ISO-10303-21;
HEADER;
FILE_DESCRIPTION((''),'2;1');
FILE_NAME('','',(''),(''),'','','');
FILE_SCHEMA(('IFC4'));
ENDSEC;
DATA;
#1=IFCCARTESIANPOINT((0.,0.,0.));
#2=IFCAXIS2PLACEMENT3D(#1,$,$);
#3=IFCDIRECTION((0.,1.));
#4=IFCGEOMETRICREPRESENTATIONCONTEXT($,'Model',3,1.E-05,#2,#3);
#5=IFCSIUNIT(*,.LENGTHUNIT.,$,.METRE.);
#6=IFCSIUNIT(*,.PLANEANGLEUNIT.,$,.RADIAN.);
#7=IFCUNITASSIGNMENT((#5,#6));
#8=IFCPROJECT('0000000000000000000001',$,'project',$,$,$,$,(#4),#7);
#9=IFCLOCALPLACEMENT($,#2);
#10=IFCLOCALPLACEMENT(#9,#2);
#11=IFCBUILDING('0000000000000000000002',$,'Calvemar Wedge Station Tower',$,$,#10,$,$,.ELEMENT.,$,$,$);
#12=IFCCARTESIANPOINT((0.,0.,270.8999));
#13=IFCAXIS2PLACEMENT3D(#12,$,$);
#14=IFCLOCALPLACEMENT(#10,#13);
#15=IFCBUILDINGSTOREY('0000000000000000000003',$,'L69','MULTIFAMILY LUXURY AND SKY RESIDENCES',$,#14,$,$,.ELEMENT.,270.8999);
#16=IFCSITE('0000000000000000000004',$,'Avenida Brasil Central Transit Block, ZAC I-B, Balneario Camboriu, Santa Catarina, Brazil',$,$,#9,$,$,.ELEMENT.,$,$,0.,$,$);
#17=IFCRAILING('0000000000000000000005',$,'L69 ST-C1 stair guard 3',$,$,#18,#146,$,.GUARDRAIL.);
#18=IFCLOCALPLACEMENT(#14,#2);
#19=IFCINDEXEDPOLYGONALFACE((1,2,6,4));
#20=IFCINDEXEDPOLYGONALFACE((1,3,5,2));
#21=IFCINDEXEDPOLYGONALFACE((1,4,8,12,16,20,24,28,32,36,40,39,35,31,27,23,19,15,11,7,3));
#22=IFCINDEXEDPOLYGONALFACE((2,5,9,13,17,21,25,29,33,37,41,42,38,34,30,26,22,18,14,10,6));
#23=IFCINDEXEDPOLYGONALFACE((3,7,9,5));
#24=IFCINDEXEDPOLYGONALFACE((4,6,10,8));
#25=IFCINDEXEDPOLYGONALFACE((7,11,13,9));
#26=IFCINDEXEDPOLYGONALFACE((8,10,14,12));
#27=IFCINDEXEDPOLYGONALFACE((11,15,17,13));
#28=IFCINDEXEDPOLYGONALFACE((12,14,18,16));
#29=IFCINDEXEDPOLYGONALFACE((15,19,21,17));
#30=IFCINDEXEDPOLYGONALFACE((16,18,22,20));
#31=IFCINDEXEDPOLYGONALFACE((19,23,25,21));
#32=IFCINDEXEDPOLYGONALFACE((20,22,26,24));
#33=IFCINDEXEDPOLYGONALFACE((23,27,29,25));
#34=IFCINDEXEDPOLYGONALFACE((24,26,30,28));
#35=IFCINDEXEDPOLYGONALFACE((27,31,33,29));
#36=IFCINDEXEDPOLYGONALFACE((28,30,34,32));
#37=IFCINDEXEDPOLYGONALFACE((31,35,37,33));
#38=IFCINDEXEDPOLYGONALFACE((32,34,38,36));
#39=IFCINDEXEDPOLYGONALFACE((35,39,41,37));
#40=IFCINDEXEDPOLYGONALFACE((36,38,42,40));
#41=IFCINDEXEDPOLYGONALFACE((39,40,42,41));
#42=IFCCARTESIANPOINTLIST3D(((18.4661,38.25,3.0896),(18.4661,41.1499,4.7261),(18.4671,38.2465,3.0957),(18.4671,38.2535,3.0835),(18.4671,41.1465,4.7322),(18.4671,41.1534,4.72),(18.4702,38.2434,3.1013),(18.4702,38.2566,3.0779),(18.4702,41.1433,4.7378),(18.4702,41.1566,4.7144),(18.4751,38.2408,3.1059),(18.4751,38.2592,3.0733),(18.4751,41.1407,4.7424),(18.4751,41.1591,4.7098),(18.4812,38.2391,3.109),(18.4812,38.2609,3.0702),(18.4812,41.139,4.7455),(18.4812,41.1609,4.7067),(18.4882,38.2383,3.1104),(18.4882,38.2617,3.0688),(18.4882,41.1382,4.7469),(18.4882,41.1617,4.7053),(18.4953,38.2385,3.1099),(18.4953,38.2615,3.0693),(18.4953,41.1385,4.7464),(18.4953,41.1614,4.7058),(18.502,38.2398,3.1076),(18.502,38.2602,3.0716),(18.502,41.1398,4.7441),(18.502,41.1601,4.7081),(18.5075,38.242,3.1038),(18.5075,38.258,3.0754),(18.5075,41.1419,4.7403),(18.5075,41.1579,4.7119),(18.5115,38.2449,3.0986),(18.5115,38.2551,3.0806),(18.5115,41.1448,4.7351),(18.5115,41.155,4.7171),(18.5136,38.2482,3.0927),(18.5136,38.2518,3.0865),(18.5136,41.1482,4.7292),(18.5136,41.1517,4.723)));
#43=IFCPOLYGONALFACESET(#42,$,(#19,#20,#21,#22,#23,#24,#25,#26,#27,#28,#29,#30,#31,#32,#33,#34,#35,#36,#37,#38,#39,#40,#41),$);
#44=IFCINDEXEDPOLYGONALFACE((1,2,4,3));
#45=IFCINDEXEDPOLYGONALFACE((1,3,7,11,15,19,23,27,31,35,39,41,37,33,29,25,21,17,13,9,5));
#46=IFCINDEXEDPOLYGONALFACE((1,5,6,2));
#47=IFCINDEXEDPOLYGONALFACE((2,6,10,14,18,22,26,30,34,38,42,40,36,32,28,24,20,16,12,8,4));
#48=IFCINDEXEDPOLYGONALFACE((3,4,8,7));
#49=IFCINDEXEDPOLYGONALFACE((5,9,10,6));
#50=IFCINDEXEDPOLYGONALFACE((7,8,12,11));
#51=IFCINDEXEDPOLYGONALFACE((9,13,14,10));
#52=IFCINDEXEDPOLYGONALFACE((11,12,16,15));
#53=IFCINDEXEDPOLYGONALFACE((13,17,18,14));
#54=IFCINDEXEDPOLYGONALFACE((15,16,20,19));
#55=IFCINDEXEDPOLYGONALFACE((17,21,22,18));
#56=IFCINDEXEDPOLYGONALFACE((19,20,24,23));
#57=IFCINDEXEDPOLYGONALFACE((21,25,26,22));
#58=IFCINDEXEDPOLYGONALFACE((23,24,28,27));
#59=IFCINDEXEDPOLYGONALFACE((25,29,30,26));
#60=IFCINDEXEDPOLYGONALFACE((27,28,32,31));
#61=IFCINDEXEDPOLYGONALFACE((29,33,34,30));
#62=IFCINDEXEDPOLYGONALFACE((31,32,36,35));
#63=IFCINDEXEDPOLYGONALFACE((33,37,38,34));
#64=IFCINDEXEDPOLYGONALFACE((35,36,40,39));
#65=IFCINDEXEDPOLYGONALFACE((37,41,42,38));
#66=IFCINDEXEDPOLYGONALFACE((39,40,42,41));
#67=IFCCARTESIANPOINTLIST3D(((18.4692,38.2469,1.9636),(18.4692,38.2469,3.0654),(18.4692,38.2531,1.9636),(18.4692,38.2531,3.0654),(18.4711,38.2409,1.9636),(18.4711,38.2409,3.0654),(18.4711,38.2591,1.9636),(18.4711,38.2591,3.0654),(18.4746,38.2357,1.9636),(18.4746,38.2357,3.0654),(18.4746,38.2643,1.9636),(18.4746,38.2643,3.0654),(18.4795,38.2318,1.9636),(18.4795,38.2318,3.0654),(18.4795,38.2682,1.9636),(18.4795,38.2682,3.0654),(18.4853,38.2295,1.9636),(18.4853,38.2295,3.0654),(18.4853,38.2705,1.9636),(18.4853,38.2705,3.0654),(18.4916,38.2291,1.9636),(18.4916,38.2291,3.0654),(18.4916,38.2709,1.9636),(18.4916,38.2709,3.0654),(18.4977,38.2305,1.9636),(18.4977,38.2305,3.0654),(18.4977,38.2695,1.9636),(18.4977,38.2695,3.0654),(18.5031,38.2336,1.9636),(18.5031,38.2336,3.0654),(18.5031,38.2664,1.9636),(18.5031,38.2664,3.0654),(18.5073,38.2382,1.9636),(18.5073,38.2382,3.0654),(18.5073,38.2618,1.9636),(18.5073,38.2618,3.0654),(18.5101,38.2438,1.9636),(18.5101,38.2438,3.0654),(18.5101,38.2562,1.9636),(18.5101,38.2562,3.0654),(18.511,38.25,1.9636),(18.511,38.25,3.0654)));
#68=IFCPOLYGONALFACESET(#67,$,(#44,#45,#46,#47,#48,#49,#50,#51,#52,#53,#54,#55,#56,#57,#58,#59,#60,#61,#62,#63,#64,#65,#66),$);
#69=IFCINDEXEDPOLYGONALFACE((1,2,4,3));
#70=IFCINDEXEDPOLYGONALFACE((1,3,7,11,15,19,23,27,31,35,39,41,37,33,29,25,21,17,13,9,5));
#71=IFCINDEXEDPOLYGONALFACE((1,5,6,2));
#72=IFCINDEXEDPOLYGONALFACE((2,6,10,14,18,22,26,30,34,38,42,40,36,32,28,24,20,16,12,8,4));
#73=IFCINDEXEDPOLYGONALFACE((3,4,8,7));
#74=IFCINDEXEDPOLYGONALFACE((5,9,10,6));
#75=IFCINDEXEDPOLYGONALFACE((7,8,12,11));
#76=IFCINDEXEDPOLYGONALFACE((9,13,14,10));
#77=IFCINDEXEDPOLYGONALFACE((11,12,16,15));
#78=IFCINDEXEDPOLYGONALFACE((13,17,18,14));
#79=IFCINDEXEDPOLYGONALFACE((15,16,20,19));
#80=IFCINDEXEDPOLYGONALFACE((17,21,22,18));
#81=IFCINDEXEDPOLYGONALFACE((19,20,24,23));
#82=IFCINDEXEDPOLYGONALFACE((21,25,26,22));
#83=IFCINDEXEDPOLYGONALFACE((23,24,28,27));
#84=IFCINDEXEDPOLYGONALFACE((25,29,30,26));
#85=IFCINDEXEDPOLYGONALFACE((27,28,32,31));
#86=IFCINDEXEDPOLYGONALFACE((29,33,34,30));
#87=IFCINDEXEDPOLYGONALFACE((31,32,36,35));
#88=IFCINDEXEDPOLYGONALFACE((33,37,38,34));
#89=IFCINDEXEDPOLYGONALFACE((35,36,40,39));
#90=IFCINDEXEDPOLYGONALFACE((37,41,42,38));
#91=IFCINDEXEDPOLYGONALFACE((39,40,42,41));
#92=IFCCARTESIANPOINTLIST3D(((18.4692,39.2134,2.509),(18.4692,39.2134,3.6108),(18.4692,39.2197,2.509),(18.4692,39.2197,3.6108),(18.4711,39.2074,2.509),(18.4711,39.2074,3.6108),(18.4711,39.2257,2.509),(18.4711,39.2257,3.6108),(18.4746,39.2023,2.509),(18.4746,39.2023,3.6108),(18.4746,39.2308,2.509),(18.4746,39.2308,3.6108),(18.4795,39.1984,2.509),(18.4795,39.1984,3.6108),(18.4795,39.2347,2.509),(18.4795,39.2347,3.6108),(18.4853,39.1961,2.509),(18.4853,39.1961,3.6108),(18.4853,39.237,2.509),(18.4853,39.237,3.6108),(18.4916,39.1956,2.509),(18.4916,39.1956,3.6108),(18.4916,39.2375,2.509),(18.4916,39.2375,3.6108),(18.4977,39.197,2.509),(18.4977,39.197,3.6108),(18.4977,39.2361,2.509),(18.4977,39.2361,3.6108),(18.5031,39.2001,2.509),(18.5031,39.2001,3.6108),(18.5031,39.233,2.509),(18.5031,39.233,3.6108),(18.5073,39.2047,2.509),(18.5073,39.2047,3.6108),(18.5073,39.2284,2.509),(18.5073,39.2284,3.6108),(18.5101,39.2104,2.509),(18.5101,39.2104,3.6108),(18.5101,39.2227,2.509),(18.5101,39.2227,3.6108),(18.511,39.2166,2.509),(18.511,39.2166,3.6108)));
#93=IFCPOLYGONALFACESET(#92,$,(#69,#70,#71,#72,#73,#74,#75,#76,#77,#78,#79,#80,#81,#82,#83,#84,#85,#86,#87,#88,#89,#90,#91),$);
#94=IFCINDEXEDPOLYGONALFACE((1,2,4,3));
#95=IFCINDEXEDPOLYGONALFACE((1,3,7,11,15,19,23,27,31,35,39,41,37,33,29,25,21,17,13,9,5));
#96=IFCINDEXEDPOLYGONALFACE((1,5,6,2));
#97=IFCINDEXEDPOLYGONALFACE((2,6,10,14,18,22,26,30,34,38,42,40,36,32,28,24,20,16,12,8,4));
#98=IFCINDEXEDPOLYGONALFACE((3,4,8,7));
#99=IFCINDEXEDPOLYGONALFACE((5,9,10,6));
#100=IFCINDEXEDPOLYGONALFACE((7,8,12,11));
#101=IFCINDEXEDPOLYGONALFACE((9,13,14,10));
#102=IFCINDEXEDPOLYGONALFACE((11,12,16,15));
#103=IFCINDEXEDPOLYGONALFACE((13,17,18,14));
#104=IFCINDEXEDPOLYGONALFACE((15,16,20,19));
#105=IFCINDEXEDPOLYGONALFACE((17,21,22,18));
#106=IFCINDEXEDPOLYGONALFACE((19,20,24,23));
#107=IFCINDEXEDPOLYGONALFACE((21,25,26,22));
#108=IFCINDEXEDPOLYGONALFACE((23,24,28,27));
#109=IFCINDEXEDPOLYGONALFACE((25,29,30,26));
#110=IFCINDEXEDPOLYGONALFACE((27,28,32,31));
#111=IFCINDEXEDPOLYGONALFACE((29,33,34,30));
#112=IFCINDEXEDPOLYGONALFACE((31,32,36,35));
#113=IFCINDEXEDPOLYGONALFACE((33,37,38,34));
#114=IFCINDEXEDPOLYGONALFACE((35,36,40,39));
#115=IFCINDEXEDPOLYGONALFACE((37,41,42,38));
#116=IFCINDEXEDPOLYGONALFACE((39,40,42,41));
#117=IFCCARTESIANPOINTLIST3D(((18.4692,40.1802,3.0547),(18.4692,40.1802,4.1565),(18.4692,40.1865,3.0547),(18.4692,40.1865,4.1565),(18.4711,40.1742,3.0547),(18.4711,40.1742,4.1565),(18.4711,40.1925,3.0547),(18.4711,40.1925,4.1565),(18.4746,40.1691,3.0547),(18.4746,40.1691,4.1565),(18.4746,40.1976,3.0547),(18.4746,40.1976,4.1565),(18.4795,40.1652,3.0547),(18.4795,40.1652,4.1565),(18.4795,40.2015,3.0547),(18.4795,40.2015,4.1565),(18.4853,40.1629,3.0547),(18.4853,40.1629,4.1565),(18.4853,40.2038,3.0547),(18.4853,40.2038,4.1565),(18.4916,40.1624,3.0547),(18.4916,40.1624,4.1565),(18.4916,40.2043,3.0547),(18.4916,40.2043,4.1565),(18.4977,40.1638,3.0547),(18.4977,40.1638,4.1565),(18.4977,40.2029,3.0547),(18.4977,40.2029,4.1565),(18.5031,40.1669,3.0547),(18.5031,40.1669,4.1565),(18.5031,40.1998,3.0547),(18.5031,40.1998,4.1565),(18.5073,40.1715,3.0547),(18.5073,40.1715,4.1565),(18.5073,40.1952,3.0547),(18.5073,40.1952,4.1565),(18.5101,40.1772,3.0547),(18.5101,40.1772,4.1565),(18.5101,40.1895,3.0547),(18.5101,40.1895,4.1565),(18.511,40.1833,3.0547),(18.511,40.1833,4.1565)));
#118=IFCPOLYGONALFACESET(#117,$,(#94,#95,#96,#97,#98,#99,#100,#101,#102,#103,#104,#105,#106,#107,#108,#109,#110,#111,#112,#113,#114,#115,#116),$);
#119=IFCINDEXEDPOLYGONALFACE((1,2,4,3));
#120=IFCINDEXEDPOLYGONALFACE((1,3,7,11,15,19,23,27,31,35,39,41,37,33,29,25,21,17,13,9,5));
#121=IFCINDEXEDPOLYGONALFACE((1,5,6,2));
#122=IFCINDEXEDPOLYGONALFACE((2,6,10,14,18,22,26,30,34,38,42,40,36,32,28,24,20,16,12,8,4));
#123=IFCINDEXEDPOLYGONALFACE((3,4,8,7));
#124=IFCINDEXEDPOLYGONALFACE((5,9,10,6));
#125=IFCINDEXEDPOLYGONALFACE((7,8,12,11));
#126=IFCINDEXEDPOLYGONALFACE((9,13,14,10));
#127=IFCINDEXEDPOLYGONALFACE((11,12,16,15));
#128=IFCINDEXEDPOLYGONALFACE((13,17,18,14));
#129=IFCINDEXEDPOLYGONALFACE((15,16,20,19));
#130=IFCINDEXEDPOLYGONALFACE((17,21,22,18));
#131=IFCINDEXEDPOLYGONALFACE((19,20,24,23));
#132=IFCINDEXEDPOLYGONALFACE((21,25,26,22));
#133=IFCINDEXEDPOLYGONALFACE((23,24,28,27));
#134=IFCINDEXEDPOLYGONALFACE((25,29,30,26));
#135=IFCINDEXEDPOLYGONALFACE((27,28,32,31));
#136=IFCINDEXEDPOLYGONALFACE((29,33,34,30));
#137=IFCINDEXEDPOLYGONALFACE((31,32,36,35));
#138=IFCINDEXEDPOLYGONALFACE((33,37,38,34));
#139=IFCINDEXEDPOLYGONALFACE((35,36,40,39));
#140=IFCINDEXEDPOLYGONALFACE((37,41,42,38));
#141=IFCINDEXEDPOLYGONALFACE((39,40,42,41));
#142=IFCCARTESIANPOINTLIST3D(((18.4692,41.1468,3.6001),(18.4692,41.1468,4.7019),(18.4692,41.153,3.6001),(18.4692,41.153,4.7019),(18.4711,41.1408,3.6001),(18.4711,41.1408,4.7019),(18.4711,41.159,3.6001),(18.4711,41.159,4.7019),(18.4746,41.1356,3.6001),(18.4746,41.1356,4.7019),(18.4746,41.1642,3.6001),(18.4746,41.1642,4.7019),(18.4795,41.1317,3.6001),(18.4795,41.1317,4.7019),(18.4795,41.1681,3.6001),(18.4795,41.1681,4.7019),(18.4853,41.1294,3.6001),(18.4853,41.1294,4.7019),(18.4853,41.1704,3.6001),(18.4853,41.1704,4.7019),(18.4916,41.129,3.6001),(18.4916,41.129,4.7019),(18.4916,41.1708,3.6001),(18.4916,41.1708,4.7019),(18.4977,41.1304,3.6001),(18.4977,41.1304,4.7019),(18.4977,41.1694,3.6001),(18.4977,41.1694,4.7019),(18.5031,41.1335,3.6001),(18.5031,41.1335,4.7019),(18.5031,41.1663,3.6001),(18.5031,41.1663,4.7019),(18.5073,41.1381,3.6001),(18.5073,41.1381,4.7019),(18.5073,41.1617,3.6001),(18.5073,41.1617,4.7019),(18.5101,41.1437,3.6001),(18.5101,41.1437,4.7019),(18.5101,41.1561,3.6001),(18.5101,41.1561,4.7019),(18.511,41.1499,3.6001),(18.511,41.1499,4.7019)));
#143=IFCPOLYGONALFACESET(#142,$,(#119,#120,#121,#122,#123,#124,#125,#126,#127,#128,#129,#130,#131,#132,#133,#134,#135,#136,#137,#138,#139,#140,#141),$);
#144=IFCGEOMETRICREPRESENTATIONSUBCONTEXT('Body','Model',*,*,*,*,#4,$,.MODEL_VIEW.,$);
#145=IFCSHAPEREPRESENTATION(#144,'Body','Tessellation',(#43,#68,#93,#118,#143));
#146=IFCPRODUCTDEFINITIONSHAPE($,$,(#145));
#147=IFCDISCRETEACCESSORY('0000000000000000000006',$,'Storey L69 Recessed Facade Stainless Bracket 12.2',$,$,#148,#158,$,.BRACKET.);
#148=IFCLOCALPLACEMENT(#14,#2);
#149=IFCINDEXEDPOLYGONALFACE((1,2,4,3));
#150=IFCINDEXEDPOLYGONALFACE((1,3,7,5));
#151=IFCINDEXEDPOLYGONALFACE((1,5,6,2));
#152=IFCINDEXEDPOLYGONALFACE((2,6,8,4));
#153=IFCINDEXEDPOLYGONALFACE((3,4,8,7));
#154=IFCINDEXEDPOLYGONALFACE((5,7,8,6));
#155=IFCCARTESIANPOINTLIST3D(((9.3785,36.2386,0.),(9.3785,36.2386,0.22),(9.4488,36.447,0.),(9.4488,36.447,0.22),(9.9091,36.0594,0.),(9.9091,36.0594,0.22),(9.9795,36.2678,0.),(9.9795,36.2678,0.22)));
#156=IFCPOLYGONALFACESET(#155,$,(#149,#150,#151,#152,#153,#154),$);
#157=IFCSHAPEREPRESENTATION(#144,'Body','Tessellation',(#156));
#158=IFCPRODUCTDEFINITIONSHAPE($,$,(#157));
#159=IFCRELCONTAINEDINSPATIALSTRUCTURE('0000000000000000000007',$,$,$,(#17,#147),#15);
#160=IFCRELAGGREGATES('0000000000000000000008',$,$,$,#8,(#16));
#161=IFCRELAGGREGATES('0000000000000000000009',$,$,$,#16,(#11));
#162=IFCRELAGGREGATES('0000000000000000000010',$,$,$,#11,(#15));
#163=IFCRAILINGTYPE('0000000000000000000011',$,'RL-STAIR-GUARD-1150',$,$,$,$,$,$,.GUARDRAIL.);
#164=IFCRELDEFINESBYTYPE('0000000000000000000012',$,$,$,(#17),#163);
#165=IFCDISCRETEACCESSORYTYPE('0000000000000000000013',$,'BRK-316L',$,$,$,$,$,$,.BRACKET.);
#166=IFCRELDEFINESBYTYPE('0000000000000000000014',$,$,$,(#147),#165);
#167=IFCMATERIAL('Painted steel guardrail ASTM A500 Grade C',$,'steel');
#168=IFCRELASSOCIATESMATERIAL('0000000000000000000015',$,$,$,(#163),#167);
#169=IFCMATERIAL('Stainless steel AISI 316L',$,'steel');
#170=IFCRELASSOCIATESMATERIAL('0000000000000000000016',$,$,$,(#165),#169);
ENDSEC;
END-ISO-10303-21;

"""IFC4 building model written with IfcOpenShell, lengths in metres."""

from ifc_helpers import new_model, si_unit, direction, frame, origin, origin_2d, place, context, subcontext, project, spatial, rectangle, circle, extrude, source, transform, mapped, material, type_object, element, save


model = new_model("IFC4")

# Units and contexts
model_context = context("Model", 3, precision=1e-05, world=origin(), true_north=direction((0.0, 1.0)))
body_context = subcontext(model_context, "Body", "Model", "MODEL_VIEW")
ifc_project = project(units=[si_unit("LENGTHUNIT", "METRE"), si_unit("PLANEANGLEUNIT", "RADIAN")], contexts=[model_context])

# Site, building, storey
site_placement = place(None, origin())
site = spatial("IfcSite", under=ifc_project, at=site_placement, Name="Avenida Brasil Central Transit Block, ZAC I-B, Balneario Camboriu, Santa Catarina, Brazil", CompositionType="ELEMENT", RefElevation=0.0)
building_placement = place(site_placement, origin())
building = spatial("IfcBuilding", under=site, at=building_placement, Name="Calvemar Wedge Station Tower", CompositionType="ELEMENT")
storey_placement = place(building_placement, frame((0.0, 0.0, 270.8999)))
storey = spatial("IfcBuildingStorey", under=building, at=storey_placement, Name="L69", Description="MULTIFAMILY LUXURY AND SKY RESIDENCES", CompositionType="ELEMENT", Elevation=270.8999)

# Railing
ifc_material_1 = material(Name="Stainless steel AISI 316L", Category="steel")
ifc_material_2 = material(Name="Painted steel guardrail ASTM A500 Grade C", Category="steel")
railing_type_1 = type_object("IfcRailingType", Name="RL-STAIR-GUARD-1150", PredefinedType="GUARDRAIL", material=ifc_material_2)
railing_1_placement = place(storey_placement, frame((18.49, 38.25, 1.9636)))
element("IfcRailing", 1, at=railing_1_placement, inside=storey, type_object=railing_type_1, Name="L69 ST-C1 stair guard 3", PredefinedType="GUARDRAIL", context=body_context, shape_type="SweptSolid", body=[
    extrude(circle(Radius=0.0239, at=origin_2d()), frame((0.0, 0.0, 1.126), z_axis=(0.0, 0.870897, 0.491465), x_axis=(-1.0, 0.0, 0.0)), (0.0, 0.0, 1.0), 3.3298),
    extrude(circle(Radius=0.021, at=origin_2d()), origin(), (0.0, 0.0, 1.0), 1.1018),
    extrude(circle(Radius=0.021, at=origin_2d()), frame((0.0, 0.9666, 0.5454)), (0.0, 0.0, 1.0), 1.1018),
    extrude(circle(Radius=0.021, at=origin_2d()), frame((0.0, 1.9333, 1.0911)), (0.0, 0.0, 1.0), 1.1018),
    extrude(circle(Radius=0.021, at=origin_2d()), frame((0.0, 2.8999, 1.6365)), (0.0, 0.0, 1.0), 1.1018),
])

# Discrete accessory
discrete_accessory_type = type_object("IfcDiscreteAccessoryType", Name="BRK-316L", PredefinedType="BRACKET", material=ifc_material_1)
shared_shape_1 = source(origin(), body_context, "Body", "SweptSolid", [
    extrude(rectangle(XDim=0.22, YDim=0.5601, at=origin_2d()), origin(), (0.0, 0.0, 1.0), 0.22),
])
discrete_accessory_placement = place(storey_placement, frame((9.679, 36.2532, 0.0), z_axis=(0.0, 0.0, 1.0), x_axis=(-0.319952, -0.947434, 0.0)))
element("IfcDiscreteAccessory", 2, at=discrete_accessory_placement, inside=storey, type_object=discrete_accessory_type, Name="Storey L69 Recessed Facade Stainless Bracket 12.2", PredefinedType="BRACKET", context=body_context, shape_type="MappedRepresentation", body=[
    mapped(shared_shape_1, transform((0.0, 0.0, 0.0), scale=1.0)),
])

save(model, "model.ifc")
